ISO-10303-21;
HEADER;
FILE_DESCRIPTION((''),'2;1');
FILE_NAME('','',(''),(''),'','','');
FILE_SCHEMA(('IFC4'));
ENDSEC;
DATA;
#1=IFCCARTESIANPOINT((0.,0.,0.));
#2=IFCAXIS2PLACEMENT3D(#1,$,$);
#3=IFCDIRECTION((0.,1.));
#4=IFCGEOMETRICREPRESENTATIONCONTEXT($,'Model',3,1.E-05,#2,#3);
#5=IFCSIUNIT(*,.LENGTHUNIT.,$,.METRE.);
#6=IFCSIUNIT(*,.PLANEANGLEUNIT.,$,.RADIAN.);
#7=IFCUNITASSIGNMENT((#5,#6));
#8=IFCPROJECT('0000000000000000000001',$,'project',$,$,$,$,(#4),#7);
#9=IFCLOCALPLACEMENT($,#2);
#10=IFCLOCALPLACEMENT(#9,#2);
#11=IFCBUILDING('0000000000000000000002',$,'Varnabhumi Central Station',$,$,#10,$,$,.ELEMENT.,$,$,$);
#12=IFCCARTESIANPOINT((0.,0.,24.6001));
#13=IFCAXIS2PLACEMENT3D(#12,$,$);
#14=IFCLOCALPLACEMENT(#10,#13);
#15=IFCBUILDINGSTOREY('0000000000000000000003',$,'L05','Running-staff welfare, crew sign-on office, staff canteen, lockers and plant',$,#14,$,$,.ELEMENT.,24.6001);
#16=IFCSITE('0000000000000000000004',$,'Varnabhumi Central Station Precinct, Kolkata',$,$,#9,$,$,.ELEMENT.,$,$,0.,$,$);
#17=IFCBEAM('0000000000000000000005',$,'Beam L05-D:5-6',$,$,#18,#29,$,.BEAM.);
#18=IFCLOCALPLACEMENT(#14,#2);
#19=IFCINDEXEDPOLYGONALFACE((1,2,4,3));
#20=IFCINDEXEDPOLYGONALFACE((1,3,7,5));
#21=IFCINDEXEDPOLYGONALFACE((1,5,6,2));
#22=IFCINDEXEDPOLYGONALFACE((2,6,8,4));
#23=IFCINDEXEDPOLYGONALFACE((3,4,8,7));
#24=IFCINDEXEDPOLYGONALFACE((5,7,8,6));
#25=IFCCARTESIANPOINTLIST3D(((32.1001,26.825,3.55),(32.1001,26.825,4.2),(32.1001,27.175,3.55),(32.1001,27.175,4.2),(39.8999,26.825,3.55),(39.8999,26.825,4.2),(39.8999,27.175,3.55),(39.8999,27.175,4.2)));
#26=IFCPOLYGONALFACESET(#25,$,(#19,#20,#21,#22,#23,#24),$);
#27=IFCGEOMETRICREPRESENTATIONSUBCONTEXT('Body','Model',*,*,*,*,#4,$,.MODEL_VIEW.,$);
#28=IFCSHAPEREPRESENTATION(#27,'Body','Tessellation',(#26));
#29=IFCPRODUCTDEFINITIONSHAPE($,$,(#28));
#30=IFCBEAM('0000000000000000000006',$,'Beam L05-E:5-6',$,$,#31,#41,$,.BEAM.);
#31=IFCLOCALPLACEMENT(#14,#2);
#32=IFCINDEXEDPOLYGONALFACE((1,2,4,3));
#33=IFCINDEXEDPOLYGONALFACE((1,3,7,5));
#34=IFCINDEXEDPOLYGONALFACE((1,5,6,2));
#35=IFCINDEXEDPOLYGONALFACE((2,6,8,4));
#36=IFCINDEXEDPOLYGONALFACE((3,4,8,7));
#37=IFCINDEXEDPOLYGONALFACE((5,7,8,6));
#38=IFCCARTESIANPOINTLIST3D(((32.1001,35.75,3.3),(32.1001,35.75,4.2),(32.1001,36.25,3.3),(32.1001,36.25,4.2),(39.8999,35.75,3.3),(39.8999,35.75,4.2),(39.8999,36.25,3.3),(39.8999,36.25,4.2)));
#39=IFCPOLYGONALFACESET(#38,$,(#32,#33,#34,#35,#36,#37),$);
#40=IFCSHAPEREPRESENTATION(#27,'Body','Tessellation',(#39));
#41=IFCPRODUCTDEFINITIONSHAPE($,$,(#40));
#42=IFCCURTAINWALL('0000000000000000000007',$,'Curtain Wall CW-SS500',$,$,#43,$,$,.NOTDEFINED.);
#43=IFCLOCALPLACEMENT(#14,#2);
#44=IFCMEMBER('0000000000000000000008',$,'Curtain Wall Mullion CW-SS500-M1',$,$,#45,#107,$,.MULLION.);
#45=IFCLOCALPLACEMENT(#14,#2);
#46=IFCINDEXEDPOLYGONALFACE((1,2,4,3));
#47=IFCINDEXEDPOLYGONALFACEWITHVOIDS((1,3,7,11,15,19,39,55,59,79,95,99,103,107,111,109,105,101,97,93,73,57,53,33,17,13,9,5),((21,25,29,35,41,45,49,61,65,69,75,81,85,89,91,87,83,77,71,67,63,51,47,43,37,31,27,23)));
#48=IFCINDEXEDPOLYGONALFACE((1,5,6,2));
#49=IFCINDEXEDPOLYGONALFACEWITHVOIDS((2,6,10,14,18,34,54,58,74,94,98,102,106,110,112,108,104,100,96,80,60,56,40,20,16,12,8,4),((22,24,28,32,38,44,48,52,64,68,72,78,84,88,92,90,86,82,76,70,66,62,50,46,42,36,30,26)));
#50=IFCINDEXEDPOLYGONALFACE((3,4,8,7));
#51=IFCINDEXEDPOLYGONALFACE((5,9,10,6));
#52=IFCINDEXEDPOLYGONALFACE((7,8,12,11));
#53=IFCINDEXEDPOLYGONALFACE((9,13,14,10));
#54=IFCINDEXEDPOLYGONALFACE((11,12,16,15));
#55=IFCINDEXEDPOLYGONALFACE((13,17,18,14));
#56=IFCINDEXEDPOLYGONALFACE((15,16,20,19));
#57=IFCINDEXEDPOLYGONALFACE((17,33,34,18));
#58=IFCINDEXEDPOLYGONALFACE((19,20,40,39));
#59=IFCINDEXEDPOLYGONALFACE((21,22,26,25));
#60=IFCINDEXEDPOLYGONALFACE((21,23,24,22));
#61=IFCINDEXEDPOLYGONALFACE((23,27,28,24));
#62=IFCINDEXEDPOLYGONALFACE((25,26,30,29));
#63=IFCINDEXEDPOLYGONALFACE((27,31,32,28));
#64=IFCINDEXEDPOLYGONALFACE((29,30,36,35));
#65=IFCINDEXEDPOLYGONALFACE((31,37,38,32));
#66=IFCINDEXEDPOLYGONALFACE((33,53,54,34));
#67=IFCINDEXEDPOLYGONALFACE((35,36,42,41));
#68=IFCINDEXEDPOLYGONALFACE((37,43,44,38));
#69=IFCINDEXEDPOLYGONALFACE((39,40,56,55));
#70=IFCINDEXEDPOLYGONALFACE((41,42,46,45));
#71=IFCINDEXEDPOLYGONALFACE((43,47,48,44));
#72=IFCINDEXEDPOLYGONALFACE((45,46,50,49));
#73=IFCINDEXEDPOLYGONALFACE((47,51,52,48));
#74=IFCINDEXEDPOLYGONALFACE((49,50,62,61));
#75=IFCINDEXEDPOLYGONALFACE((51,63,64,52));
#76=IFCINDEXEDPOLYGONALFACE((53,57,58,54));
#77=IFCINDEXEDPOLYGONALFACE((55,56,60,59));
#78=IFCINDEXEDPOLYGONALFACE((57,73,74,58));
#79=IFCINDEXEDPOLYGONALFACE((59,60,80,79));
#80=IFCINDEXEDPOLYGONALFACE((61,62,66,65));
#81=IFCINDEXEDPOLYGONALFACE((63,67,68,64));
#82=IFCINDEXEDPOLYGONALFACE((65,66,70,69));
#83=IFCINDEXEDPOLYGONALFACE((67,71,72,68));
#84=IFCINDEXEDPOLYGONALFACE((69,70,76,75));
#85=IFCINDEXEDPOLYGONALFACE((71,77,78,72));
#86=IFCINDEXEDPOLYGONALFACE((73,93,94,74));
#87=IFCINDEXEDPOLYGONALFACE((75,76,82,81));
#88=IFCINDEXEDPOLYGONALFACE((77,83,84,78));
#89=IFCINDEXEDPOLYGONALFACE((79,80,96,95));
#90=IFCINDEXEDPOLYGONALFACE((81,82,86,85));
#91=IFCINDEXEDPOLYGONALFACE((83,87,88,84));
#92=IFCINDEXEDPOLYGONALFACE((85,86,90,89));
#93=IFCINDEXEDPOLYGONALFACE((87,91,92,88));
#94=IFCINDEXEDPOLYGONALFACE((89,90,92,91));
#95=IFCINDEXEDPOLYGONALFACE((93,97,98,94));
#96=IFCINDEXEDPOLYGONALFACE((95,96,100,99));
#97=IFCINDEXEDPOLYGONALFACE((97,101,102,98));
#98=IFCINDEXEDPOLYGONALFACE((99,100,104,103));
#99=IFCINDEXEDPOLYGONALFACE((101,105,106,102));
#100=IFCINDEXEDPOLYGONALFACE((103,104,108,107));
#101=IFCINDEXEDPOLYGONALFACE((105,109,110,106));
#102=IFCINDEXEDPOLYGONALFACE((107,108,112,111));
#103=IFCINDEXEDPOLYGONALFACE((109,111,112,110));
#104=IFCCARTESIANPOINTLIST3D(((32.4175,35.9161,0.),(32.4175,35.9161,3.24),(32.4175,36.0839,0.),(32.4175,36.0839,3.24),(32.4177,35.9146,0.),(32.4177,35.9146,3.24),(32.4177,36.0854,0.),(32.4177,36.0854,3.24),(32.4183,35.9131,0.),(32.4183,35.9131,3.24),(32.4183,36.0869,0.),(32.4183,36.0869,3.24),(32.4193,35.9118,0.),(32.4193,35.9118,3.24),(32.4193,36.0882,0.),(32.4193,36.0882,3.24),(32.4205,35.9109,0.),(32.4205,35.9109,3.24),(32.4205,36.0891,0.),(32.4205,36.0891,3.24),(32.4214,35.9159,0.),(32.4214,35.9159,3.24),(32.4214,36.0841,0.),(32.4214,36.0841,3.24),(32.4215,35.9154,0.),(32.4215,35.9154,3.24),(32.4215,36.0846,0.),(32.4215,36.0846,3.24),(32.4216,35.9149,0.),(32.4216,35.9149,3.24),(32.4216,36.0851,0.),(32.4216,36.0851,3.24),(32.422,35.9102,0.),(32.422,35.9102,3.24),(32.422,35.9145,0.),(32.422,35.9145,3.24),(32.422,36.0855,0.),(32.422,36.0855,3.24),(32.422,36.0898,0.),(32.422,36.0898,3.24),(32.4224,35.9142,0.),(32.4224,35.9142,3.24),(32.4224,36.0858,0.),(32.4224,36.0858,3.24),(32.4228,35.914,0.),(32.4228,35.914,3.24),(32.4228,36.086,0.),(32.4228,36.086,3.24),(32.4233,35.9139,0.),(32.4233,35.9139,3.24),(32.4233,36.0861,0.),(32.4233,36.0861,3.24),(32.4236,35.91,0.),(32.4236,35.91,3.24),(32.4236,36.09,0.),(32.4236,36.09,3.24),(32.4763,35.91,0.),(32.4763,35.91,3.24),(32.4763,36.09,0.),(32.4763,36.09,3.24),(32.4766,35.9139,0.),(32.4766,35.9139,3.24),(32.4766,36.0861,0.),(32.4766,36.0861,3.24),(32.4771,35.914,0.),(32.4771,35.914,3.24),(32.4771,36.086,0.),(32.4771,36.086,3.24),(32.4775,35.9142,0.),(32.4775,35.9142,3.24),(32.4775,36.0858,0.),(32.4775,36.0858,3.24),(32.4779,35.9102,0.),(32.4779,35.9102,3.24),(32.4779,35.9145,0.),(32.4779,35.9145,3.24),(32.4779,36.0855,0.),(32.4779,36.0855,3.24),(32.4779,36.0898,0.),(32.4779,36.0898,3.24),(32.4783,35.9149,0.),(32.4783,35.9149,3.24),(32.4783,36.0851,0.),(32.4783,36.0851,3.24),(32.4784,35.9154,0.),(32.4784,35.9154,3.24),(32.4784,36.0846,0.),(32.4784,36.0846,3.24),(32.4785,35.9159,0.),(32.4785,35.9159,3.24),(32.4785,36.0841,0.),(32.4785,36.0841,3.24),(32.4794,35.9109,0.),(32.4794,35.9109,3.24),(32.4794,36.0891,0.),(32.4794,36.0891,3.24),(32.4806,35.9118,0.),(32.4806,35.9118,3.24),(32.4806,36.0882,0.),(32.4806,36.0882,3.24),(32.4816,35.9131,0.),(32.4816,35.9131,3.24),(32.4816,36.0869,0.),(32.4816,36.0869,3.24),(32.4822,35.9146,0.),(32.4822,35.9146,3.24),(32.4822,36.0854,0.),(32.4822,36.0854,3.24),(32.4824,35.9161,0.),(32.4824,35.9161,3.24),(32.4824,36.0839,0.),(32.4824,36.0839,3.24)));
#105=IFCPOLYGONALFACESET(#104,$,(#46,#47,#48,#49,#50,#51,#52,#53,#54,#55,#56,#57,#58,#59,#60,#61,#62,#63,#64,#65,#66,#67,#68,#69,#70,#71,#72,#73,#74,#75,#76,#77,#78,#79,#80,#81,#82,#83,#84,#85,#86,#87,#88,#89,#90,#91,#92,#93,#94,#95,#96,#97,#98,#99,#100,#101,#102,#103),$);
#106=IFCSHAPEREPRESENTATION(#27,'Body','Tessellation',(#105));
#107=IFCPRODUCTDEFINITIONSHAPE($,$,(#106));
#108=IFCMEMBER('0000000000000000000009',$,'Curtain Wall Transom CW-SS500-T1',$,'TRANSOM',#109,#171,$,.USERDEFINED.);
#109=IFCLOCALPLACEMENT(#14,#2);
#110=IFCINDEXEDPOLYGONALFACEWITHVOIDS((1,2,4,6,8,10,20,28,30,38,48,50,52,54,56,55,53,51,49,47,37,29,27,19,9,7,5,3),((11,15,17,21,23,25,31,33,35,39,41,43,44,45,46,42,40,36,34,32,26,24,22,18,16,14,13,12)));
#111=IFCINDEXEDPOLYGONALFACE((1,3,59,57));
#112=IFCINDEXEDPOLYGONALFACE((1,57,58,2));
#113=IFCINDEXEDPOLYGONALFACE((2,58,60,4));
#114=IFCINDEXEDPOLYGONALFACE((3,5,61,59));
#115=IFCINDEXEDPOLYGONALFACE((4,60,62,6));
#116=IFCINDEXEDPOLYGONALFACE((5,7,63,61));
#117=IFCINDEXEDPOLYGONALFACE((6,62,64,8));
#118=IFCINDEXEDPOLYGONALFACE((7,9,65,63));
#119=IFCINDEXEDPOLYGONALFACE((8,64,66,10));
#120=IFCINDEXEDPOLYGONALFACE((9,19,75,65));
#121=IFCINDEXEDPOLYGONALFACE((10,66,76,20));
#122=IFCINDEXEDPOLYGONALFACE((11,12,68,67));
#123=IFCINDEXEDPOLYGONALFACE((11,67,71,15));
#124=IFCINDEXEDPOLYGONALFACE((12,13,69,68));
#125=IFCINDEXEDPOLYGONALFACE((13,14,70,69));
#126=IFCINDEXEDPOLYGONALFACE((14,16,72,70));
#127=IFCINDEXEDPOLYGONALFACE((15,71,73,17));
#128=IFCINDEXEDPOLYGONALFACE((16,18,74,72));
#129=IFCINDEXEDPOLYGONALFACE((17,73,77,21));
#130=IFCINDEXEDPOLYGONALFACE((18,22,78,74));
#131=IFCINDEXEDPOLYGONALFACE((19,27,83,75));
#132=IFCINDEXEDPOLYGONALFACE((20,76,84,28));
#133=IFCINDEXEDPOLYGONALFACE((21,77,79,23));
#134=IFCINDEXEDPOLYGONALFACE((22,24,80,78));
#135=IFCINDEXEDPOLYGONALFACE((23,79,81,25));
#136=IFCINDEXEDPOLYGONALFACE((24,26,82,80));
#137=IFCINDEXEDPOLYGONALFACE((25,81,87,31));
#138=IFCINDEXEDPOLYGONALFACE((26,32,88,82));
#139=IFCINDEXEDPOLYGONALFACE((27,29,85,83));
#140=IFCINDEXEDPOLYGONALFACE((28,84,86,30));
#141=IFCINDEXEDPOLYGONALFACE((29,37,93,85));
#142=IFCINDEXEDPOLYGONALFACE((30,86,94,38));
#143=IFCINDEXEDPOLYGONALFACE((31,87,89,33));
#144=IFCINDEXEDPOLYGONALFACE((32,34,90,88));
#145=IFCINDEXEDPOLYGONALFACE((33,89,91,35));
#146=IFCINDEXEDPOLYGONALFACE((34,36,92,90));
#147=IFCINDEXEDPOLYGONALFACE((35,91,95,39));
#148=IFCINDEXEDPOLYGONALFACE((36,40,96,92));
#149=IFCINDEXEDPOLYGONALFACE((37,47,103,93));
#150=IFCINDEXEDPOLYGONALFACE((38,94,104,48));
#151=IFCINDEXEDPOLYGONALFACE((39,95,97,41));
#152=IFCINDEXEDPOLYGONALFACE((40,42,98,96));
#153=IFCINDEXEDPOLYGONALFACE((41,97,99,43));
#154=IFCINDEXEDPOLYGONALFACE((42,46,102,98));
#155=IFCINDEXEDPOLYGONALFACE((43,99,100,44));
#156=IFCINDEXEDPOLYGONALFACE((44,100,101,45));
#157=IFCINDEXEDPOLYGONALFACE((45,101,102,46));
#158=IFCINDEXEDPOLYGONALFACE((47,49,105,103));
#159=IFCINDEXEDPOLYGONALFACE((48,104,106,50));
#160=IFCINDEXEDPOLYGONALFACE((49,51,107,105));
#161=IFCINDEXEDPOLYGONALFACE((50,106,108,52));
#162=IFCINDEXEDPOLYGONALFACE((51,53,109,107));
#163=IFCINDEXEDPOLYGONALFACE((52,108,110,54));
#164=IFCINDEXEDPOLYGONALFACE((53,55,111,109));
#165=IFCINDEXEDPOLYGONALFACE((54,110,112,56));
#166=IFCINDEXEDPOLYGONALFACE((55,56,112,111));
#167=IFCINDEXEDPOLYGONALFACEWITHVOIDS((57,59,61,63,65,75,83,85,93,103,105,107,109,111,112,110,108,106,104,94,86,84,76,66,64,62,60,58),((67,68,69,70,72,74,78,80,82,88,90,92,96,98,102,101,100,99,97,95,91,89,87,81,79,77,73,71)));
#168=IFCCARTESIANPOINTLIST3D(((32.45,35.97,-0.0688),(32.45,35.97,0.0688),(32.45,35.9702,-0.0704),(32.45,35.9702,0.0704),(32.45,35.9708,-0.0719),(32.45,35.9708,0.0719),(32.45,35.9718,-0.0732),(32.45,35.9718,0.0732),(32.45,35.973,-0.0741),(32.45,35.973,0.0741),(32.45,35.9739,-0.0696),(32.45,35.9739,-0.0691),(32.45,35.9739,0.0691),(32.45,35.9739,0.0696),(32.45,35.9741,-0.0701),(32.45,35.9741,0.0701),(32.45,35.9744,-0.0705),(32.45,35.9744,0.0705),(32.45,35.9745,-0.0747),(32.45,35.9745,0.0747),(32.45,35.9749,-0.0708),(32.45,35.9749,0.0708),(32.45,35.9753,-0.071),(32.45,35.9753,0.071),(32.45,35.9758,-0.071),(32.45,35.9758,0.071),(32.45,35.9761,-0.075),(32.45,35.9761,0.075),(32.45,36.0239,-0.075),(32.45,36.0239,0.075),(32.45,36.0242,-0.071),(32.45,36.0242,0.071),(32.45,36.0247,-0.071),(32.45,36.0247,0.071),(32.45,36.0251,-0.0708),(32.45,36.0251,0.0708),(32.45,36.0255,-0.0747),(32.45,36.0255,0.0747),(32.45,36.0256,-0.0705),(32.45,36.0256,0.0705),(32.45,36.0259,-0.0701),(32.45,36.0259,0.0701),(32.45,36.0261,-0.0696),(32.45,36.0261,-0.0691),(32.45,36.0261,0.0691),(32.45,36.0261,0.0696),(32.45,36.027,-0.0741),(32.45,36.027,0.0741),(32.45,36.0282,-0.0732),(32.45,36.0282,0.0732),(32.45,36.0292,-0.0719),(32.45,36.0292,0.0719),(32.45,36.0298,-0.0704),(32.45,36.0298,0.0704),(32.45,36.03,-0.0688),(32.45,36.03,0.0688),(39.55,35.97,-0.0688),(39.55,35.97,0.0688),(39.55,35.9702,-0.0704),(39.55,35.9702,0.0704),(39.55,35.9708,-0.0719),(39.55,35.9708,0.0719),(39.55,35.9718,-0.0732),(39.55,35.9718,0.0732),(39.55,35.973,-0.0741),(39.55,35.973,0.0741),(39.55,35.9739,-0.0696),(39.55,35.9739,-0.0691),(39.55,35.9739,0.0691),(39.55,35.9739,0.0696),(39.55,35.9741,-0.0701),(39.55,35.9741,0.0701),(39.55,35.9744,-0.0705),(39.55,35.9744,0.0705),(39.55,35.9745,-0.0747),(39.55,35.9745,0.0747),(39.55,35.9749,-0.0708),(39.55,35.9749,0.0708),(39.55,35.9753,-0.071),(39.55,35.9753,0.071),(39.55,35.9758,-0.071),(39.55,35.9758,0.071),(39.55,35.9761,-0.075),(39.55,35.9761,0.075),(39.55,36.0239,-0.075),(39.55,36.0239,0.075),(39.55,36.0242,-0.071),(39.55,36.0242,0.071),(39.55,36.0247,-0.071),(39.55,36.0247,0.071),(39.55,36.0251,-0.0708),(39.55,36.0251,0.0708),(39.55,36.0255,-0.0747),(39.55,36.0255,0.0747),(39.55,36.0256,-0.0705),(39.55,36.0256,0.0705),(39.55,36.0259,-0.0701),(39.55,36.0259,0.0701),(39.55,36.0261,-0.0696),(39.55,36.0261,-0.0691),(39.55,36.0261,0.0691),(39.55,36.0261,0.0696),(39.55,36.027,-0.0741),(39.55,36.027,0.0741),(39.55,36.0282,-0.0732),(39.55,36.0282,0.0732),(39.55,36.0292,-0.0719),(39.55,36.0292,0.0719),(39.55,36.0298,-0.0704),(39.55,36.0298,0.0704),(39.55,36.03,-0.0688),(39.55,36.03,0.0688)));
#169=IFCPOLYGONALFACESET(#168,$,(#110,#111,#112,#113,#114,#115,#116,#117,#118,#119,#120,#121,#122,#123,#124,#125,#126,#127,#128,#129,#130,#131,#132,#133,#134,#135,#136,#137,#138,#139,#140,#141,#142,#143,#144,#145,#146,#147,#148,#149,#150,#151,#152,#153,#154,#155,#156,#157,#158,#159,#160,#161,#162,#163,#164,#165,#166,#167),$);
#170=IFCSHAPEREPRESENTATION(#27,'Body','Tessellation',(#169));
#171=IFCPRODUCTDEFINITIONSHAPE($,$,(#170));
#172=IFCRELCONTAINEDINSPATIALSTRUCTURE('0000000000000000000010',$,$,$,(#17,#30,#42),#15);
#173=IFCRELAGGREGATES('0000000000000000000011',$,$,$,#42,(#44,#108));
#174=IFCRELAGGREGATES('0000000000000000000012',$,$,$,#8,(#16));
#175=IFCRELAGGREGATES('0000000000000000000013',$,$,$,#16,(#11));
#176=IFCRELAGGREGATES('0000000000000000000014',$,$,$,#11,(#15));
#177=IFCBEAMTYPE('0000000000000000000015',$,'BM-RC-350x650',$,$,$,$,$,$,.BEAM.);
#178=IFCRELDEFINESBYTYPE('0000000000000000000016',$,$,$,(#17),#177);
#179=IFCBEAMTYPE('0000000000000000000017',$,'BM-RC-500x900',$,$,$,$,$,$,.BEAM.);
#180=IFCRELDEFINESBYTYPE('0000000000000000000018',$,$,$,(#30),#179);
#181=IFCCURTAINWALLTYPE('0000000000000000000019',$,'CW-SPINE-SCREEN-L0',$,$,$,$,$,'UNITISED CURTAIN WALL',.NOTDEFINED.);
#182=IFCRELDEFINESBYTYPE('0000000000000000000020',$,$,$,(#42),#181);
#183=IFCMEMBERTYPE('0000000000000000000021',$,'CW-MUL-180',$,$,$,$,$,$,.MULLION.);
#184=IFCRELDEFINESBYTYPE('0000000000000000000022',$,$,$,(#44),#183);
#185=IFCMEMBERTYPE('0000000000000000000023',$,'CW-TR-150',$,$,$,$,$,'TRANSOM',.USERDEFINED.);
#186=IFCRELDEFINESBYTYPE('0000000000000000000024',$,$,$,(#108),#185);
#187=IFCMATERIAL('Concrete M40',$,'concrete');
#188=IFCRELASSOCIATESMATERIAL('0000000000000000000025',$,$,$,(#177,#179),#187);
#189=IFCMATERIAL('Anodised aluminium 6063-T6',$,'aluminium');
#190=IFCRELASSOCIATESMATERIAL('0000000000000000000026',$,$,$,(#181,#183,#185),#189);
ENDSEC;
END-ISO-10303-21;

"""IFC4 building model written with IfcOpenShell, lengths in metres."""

from ifc_helpers import new_model, si_unit, direction, frame, origin, origin_2d, place, context, subcontext, project, spatial, rectangle, hollow_rectangle, extrude, material, material_profile, profile_set, type_object, element, aggregate, save


model = new_model("IFC4")

# Units and contexts
model_context = context("Model", 3, precision=1e-05, world=origin(), true_north=direction((0.0, 1.0)))
body_context = subcontext(model_context, "Body", "Model", "MODEL_VIEW")
ifc_project = project(units=[si_unit("LENGTHUNIT", "METRE"), si_unit("PLANEANGLEUNIT", "RADIAN")], contexts=[model_context])

# Site, building, storey
site_placement = place(None, origin())
site = spatial("IfcSite", under=ifc_project, at=site_placement, Name="Varnabhumi Central Station Precinct, Kolkata", CompositionType="ELEMENT", RefElevation=0.0)
building_placement = place(site_placement, origin())
building = spatial("IfcBuilding", under=site, at=building_placement, Name="Varnabhumi Central Station", CompositionType="ELEMENT")
storey_placement = place(building_placement, frame((0.0, 0.0, 24.6001)))
storey = spatial("IfcBuildingStorey", under=building, at=storey_placement, Name="L05", Description="Running-staff welfare, crew sign-on office, staff canteen, lockers and plant", CompositionType="ELEMENT", Elevation=24.6001)

# Shared definitions
ifc_material_1 = material(Name="Concrete M40", Category="concrete")

# Beams
ifc_material_profile_1 = material_profile(ifc_material_1, rectangle(XDim=0.3501, YDim=0.6499, at=origin_2d()), Name="Concrete M40", Category="concrete")
ifc_profile_set_1 = profile_set([ifc_material_profile_1], Name="Concrete M40")
beam_type_1 = type_object("IfcBeamType", Name="BM-RC-350x650", PredefinedType="BEAM", material=ifc_profile_set_1)
for number, where, z_axis, x_axis, name in (
    (1, (32.1001, 27.0, 3.875), (1.0, 0.0, 0.0), (0.0, 1.0, 0.0), "Beam L05-D:5-6"),
):
    element("IfcBeam", number, at=place(storey_placement, frame(where, z_axis=z_axis, x_axis=x_axis)), inside=storey, type_object=beam_type_1, Name=name, PredefinedType="BEAM", context=body_context, shape_type="SweptSolid", body=[
        extrude(rectangle(XDim=0.3501, YDim=0.6499, at=origin_2d()), origin(), (0.0, 0.0, 1.0), 7.7998),
    ])
ifc_material_profile_2 = material_profile(ifc_material_1, rectangle(XDim=0.5, YDim=0.8999, at=origin_2d()), Name="Concrete M40", Category="concrete")
ifc_profile_set_2 = profile_set([ifc_material_profile_2], Name="Concrete M40")
beam_type_2 = type_object("IfcBeamType", Name="BM-RC-500x900", PredefinedType="BEAM", material=ifc_profile_set_2)
beam_1_placement = place(storey_placement, frame((32.1001, 36.0, 3.75), z_axis=(1.0, 0.0, 0.0), x_axis=(0.0, 1.0, 0.0)))
element("IfcBeam", 2, at=beam_1_placement, inside=storey, type_object=beam_type_2, Name="Beam L05-E:5-6", PredefinedType="BEAM", context=body_context, shape_type="SweptSolid", body=[
    extrude(rectangle(XDim=0.5, YDim=0.8999, at=origin_2d()), origin(), (0.0, 0.0, 1.0), 7.7998),
])

# Curtain wall, members
ifc_material_2 = material(Name="Anodised aluminium 6063-T6", Category="aluminium")
curtain_wall_type = type_object("IfcCurtainWallType", Name="CW-SPINE-SCREEN-L0", ElementType="UNITISED CURTAIN WALL", PredefinedType="NOTDEFINED", material=ifc_material_2)
curtain_wall_placement = place(storey_placement, origin())
curtain_wall = element("IfcCurtainWall", 3, at=curtain_wall_placement, inside=storey, type_object=curtain_wall_type, Name="Curtain Wall CW-SS500", PredefinedType="NOTDEFINED")
ifc_material_profile_3 = material_profile(ifc_material_2, hollow_rectangle(XDim=0.0649, YDim=0.1799, WallThickness=0.0039, InnerFilletRadius=0.002, OuterFilletRadius=0.0061, at=origin_2d()), Name="Anodised aluminium 6063-T6", Category="aluminium")
ifc_profile_set_3 = profile_set([ifc_material_profile_3], Name="Anodised aluminium 6063-T6")
member_type_1 = type_object("IfcMemberType", Name="CW-MUL-180", PredefinedType="MULLION", material=ifc_profile_set_3)
member_1_placement = place(storey_placement, frame((32.45, 36.0, 0.0), z_axis=(0.0, 0.0, 1.0), x_axis=(1.0, 0.0, 0.0)))
member_1 = element("IfcMember", 4, at=member_1_placement, type_object=member_type_1, Name="Curtain Wall Mullion CW-SS500-M1", PredefinedType="MULLION", context=body_context, shape_type="SweptSolid", body=[
    extrude(hollow_rectangle(XDim=0.0649, YDim=0.1799, WallThickness=0.0039, InnerFilletRadius=0.002, OuterFilletRadius=0.0061, at=origin_2d()), origin(), (0.0, 0.0, 1.0), 3.24),
])
ifc_material_profile_4 = material_profile(ifc_material_2, hollow_rectangle(XDim=0.0601, YDim=0.1499, WallThickness=0.0039, InnerFilletRadius=0.002, OuterFilletRadius=0.0061, at=origin_2d()), Name="Anodised aluminium 6063-T6", Category="aluminium")
ifc_profile_set_4 = profile_set([ifc_material_profile_4], Name="Anodised aluminium 6063-T6")
member_type_2 = type_object("IfcMemberType", Name="CW-TR-150", ElementType="TRANSOM", PredefinedType="USERDEFINED", material=ifc_profile_set_4)
member_2_placement = place(storey_placement, frame((32.45, 36.0, 0.0), z_axis=(1.0, 0.0, 0.0), x_axis=(0.0, 1.0, 0.0)))
member_2 = element("IfcMember", 5, at=member_2_placement, type_object=member_type_2, Name="Curtain Wall Transom CW-SS500-T1", ObjectType="TRANSOM", PredefinedType="USERDEFINED", context=body_context, shape_type="SweptSolid", body=[
    extrude(hollow_rectangle(XDim=0.0601, YDim=0.1499, WallThickness=0.0039, InnerFilletRadius=0.002, OuterFilletRadius=0.0061, at=origin_2d()), origin(), (0.0, 0.0, 1.0), 7.1001),
])

aggregate(curtain_wall, [member_1, member_2])

save(model, "model.ifc")
